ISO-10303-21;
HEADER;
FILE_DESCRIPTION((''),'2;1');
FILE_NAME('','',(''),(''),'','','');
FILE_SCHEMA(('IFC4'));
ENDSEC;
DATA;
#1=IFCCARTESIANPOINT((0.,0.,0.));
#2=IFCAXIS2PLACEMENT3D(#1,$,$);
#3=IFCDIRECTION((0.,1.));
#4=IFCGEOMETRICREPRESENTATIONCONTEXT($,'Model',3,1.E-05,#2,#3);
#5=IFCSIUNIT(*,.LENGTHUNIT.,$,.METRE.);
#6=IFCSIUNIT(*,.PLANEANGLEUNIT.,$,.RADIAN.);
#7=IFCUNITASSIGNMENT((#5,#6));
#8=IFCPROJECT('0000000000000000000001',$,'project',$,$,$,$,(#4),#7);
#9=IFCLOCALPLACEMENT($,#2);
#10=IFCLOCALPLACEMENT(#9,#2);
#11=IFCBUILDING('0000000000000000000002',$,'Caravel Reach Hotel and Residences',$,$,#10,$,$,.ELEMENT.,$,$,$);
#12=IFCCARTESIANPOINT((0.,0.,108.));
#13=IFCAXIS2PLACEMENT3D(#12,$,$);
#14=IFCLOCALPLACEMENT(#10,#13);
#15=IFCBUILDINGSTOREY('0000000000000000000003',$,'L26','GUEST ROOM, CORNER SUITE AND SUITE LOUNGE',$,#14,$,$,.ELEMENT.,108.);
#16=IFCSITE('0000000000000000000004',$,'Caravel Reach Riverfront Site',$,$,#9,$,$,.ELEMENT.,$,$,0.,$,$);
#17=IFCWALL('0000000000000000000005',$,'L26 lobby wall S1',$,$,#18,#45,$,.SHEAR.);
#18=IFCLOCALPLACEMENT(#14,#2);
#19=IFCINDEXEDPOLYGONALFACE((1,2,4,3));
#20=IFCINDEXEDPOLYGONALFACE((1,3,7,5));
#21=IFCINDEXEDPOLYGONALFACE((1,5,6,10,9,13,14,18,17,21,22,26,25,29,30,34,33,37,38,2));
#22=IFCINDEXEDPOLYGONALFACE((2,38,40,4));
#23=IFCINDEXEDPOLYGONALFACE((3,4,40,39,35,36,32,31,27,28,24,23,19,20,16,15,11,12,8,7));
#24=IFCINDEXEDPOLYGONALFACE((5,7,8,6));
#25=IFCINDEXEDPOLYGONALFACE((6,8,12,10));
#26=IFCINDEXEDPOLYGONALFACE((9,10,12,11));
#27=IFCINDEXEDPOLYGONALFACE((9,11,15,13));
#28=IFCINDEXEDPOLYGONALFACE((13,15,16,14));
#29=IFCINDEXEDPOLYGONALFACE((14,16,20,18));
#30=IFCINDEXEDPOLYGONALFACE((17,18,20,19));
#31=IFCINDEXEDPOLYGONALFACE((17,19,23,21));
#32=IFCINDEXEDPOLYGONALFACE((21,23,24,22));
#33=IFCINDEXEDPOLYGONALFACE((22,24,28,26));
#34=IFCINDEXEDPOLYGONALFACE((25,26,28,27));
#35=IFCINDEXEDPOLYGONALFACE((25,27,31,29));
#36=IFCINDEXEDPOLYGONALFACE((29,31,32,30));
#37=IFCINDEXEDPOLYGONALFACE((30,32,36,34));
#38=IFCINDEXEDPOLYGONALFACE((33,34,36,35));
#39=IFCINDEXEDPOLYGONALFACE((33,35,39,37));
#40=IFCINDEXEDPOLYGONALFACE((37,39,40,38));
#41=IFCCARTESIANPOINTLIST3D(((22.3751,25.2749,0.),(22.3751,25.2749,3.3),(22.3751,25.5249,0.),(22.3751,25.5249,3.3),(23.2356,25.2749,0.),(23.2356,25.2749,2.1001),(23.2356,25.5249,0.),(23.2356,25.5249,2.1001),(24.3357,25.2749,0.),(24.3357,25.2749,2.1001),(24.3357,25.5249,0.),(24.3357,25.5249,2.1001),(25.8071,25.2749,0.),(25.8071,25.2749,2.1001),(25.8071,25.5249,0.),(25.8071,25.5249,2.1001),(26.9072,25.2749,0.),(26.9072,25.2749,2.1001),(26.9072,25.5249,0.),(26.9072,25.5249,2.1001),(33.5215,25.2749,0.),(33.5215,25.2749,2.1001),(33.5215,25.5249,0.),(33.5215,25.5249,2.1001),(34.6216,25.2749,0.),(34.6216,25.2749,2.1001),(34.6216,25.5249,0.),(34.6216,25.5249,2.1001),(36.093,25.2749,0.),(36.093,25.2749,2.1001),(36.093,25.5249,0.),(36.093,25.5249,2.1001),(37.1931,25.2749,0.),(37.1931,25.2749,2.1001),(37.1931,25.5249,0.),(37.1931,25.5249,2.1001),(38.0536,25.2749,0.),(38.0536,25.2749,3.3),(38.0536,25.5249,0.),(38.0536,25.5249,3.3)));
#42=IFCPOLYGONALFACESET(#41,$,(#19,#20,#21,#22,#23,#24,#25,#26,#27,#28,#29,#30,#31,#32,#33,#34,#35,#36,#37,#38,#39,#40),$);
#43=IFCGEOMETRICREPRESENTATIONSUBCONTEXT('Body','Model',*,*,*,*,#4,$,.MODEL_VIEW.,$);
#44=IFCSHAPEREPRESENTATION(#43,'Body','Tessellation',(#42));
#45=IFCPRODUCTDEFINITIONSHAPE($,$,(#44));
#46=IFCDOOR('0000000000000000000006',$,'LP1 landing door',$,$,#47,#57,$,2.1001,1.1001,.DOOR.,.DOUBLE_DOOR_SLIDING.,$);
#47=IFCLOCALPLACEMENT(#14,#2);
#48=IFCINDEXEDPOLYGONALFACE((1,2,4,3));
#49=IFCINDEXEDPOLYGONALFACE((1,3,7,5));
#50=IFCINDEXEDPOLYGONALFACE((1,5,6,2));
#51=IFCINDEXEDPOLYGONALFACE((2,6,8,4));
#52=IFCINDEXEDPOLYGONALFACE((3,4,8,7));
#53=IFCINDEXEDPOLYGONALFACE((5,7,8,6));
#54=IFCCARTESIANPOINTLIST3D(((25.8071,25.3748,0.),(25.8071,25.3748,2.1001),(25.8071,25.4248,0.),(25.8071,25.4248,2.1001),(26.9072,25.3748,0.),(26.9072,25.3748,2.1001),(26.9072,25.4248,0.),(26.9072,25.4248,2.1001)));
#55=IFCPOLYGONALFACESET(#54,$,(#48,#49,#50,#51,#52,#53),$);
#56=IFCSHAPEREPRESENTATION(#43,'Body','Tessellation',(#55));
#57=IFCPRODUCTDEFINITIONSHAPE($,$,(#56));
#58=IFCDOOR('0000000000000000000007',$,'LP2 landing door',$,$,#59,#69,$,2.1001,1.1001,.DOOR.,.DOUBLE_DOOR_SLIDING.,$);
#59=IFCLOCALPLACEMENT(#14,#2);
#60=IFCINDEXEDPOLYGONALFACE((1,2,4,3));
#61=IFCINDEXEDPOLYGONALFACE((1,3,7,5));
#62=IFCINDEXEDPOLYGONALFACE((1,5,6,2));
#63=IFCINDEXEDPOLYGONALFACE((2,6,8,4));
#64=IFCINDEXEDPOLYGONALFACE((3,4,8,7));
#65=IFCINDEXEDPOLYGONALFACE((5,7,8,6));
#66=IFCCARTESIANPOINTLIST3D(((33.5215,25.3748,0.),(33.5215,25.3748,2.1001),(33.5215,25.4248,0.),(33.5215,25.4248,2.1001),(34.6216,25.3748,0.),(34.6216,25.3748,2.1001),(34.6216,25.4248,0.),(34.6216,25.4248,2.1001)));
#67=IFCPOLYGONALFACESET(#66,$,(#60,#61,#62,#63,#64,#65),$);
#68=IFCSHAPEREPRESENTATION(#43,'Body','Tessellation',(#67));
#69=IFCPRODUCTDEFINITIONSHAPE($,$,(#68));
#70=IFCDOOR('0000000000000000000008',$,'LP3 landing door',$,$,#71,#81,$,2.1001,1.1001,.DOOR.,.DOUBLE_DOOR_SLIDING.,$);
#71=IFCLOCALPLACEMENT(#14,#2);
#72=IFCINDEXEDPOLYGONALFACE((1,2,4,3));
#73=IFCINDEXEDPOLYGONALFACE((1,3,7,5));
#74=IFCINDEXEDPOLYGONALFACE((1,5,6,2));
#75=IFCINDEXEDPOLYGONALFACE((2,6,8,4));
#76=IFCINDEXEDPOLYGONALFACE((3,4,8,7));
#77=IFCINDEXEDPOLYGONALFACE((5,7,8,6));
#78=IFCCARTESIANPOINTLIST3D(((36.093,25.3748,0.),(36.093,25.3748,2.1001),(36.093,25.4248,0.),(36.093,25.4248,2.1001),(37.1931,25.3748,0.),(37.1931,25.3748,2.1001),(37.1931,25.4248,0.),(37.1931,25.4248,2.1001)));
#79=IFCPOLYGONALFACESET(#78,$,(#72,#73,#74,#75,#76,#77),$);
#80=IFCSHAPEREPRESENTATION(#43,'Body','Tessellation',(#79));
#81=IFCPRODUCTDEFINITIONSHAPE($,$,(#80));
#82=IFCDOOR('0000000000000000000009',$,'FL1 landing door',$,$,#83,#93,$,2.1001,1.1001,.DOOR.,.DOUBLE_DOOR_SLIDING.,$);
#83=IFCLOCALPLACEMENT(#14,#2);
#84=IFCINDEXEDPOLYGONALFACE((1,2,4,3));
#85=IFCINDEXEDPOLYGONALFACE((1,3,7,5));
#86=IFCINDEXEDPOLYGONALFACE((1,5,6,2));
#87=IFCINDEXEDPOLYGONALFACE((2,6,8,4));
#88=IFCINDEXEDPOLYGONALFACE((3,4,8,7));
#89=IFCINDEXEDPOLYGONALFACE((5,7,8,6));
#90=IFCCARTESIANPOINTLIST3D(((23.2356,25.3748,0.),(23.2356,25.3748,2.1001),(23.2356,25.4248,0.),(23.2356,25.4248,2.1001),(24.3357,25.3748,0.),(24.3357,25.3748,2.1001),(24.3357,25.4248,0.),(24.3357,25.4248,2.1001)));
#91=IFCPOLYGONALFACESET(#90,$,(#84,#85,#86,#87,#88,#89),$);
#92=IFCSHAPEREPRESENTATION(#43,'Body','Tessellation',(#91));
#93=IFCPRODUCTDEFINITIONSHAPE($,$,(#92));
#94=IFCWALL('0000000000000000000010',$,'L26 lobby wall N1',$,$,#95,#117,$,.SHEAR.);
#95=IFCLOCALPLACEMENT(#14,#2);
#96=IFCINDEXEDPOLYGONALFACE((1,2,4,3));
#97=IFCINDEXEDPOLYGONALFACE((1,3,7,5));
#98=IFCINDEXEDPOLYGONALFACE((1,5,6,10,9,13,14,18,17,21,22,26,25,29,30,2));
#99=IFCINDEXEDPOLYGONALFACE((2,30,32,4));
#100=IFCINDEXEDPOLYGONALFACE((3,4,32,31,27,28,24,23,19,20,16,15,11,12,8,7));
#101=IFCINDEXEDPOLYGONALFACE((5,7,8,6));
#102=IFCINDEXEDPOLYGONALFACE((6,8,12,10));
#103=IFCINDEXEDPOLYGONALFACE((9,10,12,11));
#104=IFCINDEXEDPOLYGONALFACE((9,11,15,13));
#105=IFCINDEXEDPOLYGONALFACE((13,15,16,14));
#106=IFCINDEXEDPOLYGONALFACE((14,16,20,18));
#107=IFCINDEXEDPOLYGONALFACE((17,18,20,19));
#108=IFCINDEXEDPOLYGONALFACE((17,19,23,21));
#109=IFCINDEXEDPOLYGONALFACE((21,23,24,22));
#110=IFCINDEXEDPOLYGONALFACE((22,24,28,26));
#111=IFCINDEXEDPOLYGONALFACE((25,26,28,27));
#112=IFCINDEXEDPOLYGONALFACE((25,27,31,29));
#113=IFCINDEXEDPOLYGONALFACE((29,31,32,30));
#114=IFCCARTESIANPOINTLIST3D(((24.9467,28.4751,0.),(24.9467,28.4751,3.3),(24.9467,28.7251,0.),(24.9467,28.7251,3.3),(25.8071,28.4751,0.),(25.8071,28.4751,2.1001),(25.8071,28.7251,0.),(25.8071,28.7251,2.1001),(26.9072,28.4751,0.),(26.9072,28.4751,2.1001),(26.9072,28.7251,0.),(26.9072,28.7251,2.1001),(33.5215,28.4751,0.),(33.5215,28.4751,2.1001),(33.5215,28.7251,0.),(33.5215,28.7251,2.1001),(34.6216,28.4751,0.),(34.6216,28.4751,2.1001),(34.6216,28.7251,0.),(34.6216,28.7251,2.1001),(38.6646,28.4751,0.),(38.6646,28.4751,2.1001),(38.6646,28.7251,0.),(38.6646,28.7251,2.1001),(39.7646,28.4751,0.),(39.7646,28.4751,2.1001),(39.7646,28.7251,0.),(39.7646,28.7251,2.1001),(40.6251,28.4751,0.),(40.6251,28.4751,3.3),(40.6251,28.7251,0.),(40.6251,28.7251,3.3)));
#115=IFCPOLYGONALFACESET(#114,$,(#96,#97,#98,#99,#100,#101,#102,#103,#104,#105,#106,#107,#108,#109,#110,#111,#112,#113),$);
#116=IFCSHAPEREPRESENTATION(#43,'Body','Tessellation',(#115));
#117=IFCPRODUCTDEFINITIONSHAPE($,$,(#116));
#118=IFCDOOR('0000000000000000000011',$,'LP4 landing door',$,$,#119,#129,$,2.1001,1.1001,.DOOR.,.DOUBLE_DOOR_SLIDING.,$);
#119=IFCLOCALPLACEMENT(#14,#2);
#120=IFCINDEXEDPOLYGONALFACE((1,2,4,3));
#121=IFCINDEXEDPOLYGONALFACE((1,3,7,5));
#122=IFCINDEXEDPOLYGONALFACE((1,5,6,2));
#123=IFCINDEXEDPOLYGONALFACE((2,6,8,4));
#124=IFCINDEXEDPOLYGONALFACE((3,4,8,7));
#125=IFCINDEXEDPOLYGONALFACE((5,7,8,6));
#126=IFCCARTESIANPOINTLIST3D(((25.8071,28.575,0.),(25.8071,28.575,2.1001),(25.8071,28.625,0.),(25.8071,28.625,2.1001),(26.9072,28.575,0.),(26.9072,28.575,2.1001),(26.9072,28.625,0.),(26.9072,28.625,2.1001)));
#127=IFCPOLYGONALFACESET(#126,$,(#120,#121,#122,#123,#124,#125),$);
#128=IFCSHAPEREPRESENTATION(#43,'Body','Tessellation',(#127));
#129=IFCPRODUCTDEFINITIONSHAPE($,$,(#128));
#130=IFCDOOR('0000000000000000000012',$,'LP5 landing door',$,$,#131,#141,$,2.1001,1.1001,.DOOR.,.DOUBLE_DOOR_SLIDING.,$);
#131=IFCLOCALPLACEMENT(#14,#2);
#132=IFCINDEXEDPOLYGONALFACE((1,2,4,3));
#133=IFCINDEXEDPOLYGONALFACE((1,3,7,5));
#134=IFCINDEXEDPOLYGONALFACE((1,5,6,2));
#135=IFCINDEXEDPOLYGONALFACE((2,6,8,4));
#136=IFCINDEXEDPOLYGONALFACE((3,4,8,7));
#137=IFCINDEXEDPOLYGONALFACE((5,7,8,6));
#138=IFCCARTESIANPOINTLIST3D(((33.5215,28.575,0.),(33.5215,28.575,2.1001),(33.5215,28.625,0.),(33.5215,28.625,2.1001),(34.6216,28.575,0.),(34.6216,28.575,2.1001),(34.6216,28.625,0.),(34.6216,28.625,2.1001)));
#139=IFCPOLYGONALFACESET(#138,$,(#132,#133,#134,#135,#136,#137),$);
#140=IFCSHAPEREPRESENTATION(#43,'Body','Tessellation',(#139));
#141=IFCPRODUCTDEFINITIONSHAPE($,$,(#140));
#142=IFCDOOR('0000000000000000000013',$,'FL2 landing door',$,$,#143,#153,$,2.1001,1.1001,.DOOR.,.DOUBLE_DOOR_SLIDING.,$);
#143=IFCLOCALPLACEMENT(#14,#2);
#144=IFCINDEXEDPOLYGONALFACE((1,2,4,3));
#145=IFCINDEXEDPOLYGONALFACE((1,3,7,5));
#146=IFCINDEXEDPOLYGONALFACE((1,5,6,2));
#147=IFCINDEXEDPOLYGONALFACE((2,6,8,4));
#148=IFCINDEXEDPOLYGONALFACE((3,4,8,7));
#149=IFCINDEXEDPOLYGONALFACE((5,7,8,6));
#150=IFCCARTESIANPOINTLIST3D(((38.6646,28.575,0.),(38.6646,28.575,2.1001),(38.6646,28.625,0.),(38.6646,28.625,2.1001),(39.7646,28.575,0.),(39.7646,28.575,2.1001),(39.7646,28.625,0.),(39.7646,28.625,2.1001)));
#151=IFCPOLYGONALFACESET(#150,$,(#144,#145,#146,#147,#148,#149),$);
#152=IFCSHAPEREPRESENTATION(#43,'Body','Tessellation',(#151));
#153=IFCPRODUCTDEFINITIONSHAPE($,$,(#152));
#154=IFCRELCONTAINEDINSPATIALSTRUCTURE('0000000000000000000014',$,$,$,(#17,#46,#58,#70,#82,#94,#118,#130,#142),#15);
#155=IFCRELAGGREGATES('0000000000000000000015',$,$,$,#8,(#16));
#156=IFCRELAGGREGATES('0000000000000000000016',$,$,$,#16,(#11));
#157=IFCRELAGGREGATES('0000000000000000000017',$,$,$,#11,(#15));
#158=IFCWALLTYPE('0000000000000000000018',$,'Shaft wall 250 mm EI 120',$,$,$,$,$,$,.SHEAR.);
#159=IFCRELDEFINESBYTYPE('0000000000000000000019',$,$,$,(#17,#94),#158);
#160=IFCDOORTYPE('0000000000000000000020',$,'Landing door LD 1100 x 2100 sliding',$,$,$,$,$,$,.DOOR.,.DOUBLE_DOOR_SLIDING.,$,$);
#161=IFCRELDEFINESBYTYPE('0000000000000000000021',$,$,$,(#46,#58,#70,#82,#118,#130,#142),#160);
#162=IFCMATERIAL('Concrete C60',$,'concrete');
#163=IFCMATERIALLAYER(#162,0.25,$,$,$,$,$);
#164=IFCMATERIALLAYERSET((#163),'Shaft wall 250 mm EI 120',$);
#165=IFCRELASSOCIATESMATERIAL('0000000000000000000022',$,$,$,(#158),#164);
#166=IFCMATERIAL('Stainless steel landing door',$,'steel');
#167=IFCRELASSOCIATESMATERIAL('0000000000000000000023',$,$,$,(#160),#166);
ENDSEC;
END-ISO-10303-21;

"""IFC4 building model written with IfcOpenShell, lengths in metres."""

from ifc_helpers import new_model, si_unit, direction, frame, frame_2d, origin, place, context, subcontext, project, spatial, rectangle, extrude, material, layer, layer_set, type_object, element, fill, save


model = new_model("IFC4")

# Units and contexts
model_context = context("Model", 3, precision=1e-05, world=origin(), true_north=direction((0.0, 1.0)))
body_context = subcontext(model_context, "Body", "Model", "MODEL_VIEW")
ifc_project = project(units=[si_unit("LENGTHUNIT", "METRE"), si_unit("PLANEANGLEUNIT", "RADIAN")], contexts=[model_context])

# Site, building, storey
site_placement = place(None, origin())
site = spatial("IfcSite", under=ifc_project, at=site_placement, Name="Caravel Reach Riverfront Site", CompositionType="ELEMENT", RefElevation=0.0)
building_placement = place(site_placement, origin())
building = spatial("IfcBuilding", under=site, at=building_placement, Name="Caravel Reach Hotel and Residences", CompositionType="ELEMENT")
storey_placement = place(building_placement, frame((0.0, 0.0, 108.0)))
storey = spatial("IfcBuildingStorey", under=building, at=storey_placement, Name="L26", Description="GUEST ROOM, CORNER SUITE AND SUITE LOUNGE", CompositionType="ELEMENT", Elevation=108.0)

# Walls, openings, doors
ifc_material_1 = material(Name="Concrete C60", Category="concrete")
ifc_layer_1 = layer(ifc_material_1, 0.25)
ifc_layer_set_1 = layer_set([ifc_layer_1], Name="Shaft wall 250 mm EI 120")
wall_type_1 = type_object("IfcWallType", Name="Shaft wall 250 mm EI 120", PredefinedType="SHEAR", material=ifc_layer_set_1)
wall_1_placement = place(storey_placement, frame((22.375, 25.3999, 0.0), z_axis=(0.0, 0.0, 1.0), x_axis=(1.0, 0.0, 0.0)))
wall_1 = element("IfcWall", 1, at=wall_1_placement, inside=storey, type_object=wall_type_1, Name="L26 lobby wall S1", PredefinedType="SHEAR", context=body_context, shape_type="SweptSolid", body=[
    extrude(rectangle(XDim=15.6785, YDim=0.25, at=frame_2d((7.8394, 0.0))), origin(), (0.0, 0.0, 1.0), 3.3),
])
opening_1_placement = place(wall_1_placement, frame((3.4321, 0.0, 0.0)))
opening_1 = element("IfcOpeningElement", 2, at=opening_1_placement, cuts=wall_1, PredefinedType="OPENING", context=body_context, shape_type="SweptSolid", body=[
    extrude(rectangle(XDim=1.1001, YDim=2.1001, at=frame_2d((0.55, 1.05))), frame((0.0, 0.135, 0.0), z_axis=(0.0, -1.0, 0.0), x_axis=(1.0, 0.0, 0.0)), (0.0, 0.0, 1.0), 0.27),
])
opening_2_placement = place(wall_1_placement, frame((11.1465, 0.0, 0.0)))
opening_2 = element("IfcOpeningElement", 3, at=opening_2_placement, cuts=wall_1, PredefinedType="OPENING", context=body_context, shape_type="SweptSolid", body=[
    extrude(rectangle(XDim=1.1001, YDim=2.1001, at=frame_2d((0.55, 1.05))), frame((0.0, 0.135, 0.0), z_axis=(0.0, -1.0, 0.0), x_axis=(1.0, 0.0, 0.0)), (0.0, 0.0, 1.0), 0.27),
])
opening_3_placement = place(wall_1_placement, frame((13.718, 0.0, 0.0)))
opening_3 = element("IfcOpeningElement", 4, at=opening_3_placement, cuts=wall_1, PredefinedType="OPENING", context=body_context, shape_type="SweptSolid", body=[
    extrude(rectangle(XDim=1.1001, YDim=2.1001, at=frame_2d((0.55, 1.05))), frame((0.0, 0.135, 0.0), z_axis=(0.0, -1.0, 0.0), x_axis=(1.0, 0.0, 0.0)), (0.0, 0.0, 1.0), 0.27),
])
opening_4_placement = place(wall_1_placement, frame((0.8606, 0.0, 0.0)))
opening_4 = element("IfcOpeningElement", 5, at=opening_4_placement, cuts=wall_1, PredefinedType="OPENING", context=body_context, shape_type="SweptSolid", body=[
    extrude(rectangle(XDim=1.1001, YDim=2.1001, at=frame_2d((0.55, 1.05))), frame((0.0, 0.135, 0.0), z_axis=(0.0, -1.0, 0.0), x_axis=(1.0, 0.0, 0.0)), (0.0, 0.0, 1.0), 0.27),
])
ifc_material_2 = material(Name="Stainless steel landing door", Category="steel")
door_type_1 = type_object("IfcDoorType", Name="Landing door LD 1100 x 2100 sliding", OperationType="DOUBLE_DOOR_SLIDING", PredefinedType="DOOR", material=ifc_material_2)
door_1_placement = place(opening_1_placement, origin())
door_1 = element("IfcDoor", 6, at=door_1_placement, inside=storey, type_object=door_type_1, Name="LP1 landing door", OperationType="DOUBLE_DOOR_SLIDING", OverallHeight=2.1001, OverallWidth=1.1001, PredefinedType="DOOR", context=body_context, shape_type="SweptSolid", body=[
    extrude(rectangle(XDim=1.1001, YDim=2.1001, at=frame_2d((0.55, 1.05))), frame((0.0, 0.0249, 0.0), z_axis=(0.0, -1.0, 0.0), x_axis=(1.0, 0.0, 0.0)), (0.0, 0.0, 1.0), 0.05),
])
fill(opening_1, door_1)
door_2_placement = place(opening_2_placement, origin())
door_2 = element("IfcDoor", 7, at=door_2_placement, inside=storey, type_object=door_type_1, Name="LP2 landing door", OperationType="DOUBLE_DOOR_SLIDING", OverallHeight=2.1001, OverallWidth=1.1001, PredefinedType="DOOR", context=body_context, shape_type="SweptSolid", body=[
    extrude(rectangle(XDim=1.1001, YDim=2.1001, at=frame_2d((0.55, 1.05))), frame((0.0, 0.0249, 0.0), z_axis=(0.0, -1.0, 0.0), x_axis=(1.0, 0.0, 0.0)), (0.0, 0.0, 1.0), 0.05),
])
fill(opening_2, door_2)
door_3_placement = place(opening_3_placement, origin())
door_3 = element("IfcDoor", 8, at=door_3_placement, inside=storey, type_object=door_type_1, Name="LP3 landing door", OperationType="DOUBLE_DOOR_SLIDING", OverallHeight=2.1001, OverallWidth=1.1001, PredefinedType="DOOR", context=body_context, shape_type="SweptSolid", body=[
    extrude(rectangle(XDim=1.1001, YDim=2.1001, at=frame_2d((0.55, 1.05))), frame((0.0, 0.0249, 0.0), z_axis=(0.0, -1.0, 0.0), x_axis=(1.0, 0.0, 0.0)), (0.0, 0.0, 1.0), 0.05),
])
fill(opening_3, door_3)
door_4_placement = place(opening_4_placement, origin())
door_4 = element("IfcDoor", 9, at=door_4_placement, inside=storey, type_object=door_type_1, Name="FL1 landing door", OperationType="DOUBLE_DOOR_SLIDING", OverallHeight=2.1001, OverallWidth=1.1001, PredefinedType="DOOR", context=body_context, shape_type="SweptSolid", body=[
    extrude(rectangle(XDim=1.1001, YDim=2.1001, at=frame_2d((0.55, 1.05))), frame((0.0, 0.0249, 0.0), z_axis=(0.0, -1.0, 0.0), x_axis=(1.0, 0.0, 0.0)), (0.0, 0.0, 1.0), 0.05),
])
fill(opening_4, door_4)
wall_2_placement = place(storey_placement, frame((24.9465, 28.6001, 0.0), z_axis=(0.0, 0.0, 1.0), x_axis=(1.0, 0.0, 0.0)))
wall_2 = element("IfcWall", 10, at=wall_2_placement, inside=storey, type_object=wall_type_1, Name="L26 lobby wall N1", PredefinedType="SHEAR", context=body_context, shape_type="SweptSolid", body=[
    extrude(rectangle(XDim=15.6785, YDim=0.25, at=frame_2d((7.8394, 0.0))), origin(), (0.0, 0.0, 1.0), 3.3),
])
opening_5_placement = place(wall_2_placement, frame((0.8606, 0.0, 0.0)))
opening_5 = element("IfcOpeningElement", 11, at=opening_5_placement, cuts=wall_2, PredefinedType="OPENING", context=body_context, shape_type="SweptSolid", body=[
    extrude(rectangle(XDim=1.1001, YDim=2.1001, at=frame_2d((0.55, 1.05))), frame((0.0, 0.135, 0.0), z_axis=(0.0, -1.0, 0.0), x_axis=(1.0, 0.0, 0.0)), (0.0, 0.0, 1.0), 0.27),
])
opening_6_placement = place(wall_2_placement, frame((8.575, 0.0, 0.0)))
opening_6 = element("IfcOpeningElement", 12, at=opening_6_placement, cuts=wall_2, PredefinedType="OPENING", context=body_context, shape_type="SweptSolid", body=[
    extrude(rectangle(XDim=1.1001, YDim=2.1001, at=frame_2d((0.55, 1.05))), frame((0.0, 0.135, 0.0), z_axis=(0.0, -1.0, 0.0), x_axis=(1.0, 0.0, 0.0)), (0.0, 0.0, 1.0), 0.27),
])
opening_7_placement = place(wall_2_placement, frame((13.718, 0.0, 0.0)))
opening_7 = element("IfcOpeningElement", 13, at=opening_7_placement, cuts=wall_2, PredefinedType="OPENING", context=body_context, shape_type="SweptSolid", body=[
    extrude(rectangle(XDim=1.1001, YDim=2.1001, at=frame_2d((0.55, 1.05))), frame((0.0, 0.135, 0.0), z_axis=(0.0, -1.0, 0.0), x_axis=(1.0, 0.0, 0.0)), (0.0, 0.0, 1.0), 0.27),
])
door_5_placement = place(opening_5_placement, origin())
door_5 = element("IfcDoor", 14, at=door_5_placement, inside=storey, type_object=door_type_1, Name="LP4 landing door", OperationType="DOUBLE_DOOR_SLIDING", OverallHeight=2.1001, OverallWidth=1.1001, PredefinedType="DOOR", context=body_context, shape_type="SweptSolid", body=[
    extrude(rectangle(XDim=1.1001, YDim=2.1001, at=frame_2d((0.55, 1.05))), frame((0.0, 0.0249, 0.0), z_axis=(0.0, -1.0, 0.0), x_axis=(1.0, 0.0, 0.0)), (0.0, 0.0, 1.0), 0.05),
])
fill(opening_5, door_5)
door_6_placement = place(opening_6_placement, origin())
door_6 = element("IfcDoor", 15, at=door_6_placement, inside=storey, type_object=door_type_1, Name="LP5 landing door", OperationType="DOUBLE_DOOR_SLIDING", OverallHeight=2.1001, OverallWidth=1.1001, PredefinedType="DOOR", context=body_context, shape_type="SweptSolid", body=[
    extrude(rectangle(XDim=1.1001, YDim=2.1001, at=frame_2d((0.55, 1.05))), frame((0.0, 0.0249, 0.0), z_axis=(0.0, -1.0, 0.0), x_axis=(1.0, 0.0, 0.0)), (0.0, 0.0, 1.0), 0.05),
])
fill(opening_6, door_6)
door_7_placement = place(opening_7_placement, origin())
door_7 = element("IfcDoor", 16, at=door_7_placement, inside=storey, type_object=door_type_1, Name="FL2 landing door", OperationType="DOUBLE_DOOR_SLIDING", OverallHeight=2.1001, OverallWidth=1.1001, PredefinedType="DOOR", context=body_context, shape_type="SweptSolid", body=[
    extrude(rectangle(XDim=1.1001, YDim=2.1001, at=frame_2d((0.55, 1.05))), frame((0.0, 0.0249, 0.0), z_axis=(0.0, -1.0, 0.0), x_axis=(1.0, 0.0, 0.0)), (0.0, 0.0, 1.0), 0.05),
])
fill(opening_7, door_7)

save(model, "model.ifc")
